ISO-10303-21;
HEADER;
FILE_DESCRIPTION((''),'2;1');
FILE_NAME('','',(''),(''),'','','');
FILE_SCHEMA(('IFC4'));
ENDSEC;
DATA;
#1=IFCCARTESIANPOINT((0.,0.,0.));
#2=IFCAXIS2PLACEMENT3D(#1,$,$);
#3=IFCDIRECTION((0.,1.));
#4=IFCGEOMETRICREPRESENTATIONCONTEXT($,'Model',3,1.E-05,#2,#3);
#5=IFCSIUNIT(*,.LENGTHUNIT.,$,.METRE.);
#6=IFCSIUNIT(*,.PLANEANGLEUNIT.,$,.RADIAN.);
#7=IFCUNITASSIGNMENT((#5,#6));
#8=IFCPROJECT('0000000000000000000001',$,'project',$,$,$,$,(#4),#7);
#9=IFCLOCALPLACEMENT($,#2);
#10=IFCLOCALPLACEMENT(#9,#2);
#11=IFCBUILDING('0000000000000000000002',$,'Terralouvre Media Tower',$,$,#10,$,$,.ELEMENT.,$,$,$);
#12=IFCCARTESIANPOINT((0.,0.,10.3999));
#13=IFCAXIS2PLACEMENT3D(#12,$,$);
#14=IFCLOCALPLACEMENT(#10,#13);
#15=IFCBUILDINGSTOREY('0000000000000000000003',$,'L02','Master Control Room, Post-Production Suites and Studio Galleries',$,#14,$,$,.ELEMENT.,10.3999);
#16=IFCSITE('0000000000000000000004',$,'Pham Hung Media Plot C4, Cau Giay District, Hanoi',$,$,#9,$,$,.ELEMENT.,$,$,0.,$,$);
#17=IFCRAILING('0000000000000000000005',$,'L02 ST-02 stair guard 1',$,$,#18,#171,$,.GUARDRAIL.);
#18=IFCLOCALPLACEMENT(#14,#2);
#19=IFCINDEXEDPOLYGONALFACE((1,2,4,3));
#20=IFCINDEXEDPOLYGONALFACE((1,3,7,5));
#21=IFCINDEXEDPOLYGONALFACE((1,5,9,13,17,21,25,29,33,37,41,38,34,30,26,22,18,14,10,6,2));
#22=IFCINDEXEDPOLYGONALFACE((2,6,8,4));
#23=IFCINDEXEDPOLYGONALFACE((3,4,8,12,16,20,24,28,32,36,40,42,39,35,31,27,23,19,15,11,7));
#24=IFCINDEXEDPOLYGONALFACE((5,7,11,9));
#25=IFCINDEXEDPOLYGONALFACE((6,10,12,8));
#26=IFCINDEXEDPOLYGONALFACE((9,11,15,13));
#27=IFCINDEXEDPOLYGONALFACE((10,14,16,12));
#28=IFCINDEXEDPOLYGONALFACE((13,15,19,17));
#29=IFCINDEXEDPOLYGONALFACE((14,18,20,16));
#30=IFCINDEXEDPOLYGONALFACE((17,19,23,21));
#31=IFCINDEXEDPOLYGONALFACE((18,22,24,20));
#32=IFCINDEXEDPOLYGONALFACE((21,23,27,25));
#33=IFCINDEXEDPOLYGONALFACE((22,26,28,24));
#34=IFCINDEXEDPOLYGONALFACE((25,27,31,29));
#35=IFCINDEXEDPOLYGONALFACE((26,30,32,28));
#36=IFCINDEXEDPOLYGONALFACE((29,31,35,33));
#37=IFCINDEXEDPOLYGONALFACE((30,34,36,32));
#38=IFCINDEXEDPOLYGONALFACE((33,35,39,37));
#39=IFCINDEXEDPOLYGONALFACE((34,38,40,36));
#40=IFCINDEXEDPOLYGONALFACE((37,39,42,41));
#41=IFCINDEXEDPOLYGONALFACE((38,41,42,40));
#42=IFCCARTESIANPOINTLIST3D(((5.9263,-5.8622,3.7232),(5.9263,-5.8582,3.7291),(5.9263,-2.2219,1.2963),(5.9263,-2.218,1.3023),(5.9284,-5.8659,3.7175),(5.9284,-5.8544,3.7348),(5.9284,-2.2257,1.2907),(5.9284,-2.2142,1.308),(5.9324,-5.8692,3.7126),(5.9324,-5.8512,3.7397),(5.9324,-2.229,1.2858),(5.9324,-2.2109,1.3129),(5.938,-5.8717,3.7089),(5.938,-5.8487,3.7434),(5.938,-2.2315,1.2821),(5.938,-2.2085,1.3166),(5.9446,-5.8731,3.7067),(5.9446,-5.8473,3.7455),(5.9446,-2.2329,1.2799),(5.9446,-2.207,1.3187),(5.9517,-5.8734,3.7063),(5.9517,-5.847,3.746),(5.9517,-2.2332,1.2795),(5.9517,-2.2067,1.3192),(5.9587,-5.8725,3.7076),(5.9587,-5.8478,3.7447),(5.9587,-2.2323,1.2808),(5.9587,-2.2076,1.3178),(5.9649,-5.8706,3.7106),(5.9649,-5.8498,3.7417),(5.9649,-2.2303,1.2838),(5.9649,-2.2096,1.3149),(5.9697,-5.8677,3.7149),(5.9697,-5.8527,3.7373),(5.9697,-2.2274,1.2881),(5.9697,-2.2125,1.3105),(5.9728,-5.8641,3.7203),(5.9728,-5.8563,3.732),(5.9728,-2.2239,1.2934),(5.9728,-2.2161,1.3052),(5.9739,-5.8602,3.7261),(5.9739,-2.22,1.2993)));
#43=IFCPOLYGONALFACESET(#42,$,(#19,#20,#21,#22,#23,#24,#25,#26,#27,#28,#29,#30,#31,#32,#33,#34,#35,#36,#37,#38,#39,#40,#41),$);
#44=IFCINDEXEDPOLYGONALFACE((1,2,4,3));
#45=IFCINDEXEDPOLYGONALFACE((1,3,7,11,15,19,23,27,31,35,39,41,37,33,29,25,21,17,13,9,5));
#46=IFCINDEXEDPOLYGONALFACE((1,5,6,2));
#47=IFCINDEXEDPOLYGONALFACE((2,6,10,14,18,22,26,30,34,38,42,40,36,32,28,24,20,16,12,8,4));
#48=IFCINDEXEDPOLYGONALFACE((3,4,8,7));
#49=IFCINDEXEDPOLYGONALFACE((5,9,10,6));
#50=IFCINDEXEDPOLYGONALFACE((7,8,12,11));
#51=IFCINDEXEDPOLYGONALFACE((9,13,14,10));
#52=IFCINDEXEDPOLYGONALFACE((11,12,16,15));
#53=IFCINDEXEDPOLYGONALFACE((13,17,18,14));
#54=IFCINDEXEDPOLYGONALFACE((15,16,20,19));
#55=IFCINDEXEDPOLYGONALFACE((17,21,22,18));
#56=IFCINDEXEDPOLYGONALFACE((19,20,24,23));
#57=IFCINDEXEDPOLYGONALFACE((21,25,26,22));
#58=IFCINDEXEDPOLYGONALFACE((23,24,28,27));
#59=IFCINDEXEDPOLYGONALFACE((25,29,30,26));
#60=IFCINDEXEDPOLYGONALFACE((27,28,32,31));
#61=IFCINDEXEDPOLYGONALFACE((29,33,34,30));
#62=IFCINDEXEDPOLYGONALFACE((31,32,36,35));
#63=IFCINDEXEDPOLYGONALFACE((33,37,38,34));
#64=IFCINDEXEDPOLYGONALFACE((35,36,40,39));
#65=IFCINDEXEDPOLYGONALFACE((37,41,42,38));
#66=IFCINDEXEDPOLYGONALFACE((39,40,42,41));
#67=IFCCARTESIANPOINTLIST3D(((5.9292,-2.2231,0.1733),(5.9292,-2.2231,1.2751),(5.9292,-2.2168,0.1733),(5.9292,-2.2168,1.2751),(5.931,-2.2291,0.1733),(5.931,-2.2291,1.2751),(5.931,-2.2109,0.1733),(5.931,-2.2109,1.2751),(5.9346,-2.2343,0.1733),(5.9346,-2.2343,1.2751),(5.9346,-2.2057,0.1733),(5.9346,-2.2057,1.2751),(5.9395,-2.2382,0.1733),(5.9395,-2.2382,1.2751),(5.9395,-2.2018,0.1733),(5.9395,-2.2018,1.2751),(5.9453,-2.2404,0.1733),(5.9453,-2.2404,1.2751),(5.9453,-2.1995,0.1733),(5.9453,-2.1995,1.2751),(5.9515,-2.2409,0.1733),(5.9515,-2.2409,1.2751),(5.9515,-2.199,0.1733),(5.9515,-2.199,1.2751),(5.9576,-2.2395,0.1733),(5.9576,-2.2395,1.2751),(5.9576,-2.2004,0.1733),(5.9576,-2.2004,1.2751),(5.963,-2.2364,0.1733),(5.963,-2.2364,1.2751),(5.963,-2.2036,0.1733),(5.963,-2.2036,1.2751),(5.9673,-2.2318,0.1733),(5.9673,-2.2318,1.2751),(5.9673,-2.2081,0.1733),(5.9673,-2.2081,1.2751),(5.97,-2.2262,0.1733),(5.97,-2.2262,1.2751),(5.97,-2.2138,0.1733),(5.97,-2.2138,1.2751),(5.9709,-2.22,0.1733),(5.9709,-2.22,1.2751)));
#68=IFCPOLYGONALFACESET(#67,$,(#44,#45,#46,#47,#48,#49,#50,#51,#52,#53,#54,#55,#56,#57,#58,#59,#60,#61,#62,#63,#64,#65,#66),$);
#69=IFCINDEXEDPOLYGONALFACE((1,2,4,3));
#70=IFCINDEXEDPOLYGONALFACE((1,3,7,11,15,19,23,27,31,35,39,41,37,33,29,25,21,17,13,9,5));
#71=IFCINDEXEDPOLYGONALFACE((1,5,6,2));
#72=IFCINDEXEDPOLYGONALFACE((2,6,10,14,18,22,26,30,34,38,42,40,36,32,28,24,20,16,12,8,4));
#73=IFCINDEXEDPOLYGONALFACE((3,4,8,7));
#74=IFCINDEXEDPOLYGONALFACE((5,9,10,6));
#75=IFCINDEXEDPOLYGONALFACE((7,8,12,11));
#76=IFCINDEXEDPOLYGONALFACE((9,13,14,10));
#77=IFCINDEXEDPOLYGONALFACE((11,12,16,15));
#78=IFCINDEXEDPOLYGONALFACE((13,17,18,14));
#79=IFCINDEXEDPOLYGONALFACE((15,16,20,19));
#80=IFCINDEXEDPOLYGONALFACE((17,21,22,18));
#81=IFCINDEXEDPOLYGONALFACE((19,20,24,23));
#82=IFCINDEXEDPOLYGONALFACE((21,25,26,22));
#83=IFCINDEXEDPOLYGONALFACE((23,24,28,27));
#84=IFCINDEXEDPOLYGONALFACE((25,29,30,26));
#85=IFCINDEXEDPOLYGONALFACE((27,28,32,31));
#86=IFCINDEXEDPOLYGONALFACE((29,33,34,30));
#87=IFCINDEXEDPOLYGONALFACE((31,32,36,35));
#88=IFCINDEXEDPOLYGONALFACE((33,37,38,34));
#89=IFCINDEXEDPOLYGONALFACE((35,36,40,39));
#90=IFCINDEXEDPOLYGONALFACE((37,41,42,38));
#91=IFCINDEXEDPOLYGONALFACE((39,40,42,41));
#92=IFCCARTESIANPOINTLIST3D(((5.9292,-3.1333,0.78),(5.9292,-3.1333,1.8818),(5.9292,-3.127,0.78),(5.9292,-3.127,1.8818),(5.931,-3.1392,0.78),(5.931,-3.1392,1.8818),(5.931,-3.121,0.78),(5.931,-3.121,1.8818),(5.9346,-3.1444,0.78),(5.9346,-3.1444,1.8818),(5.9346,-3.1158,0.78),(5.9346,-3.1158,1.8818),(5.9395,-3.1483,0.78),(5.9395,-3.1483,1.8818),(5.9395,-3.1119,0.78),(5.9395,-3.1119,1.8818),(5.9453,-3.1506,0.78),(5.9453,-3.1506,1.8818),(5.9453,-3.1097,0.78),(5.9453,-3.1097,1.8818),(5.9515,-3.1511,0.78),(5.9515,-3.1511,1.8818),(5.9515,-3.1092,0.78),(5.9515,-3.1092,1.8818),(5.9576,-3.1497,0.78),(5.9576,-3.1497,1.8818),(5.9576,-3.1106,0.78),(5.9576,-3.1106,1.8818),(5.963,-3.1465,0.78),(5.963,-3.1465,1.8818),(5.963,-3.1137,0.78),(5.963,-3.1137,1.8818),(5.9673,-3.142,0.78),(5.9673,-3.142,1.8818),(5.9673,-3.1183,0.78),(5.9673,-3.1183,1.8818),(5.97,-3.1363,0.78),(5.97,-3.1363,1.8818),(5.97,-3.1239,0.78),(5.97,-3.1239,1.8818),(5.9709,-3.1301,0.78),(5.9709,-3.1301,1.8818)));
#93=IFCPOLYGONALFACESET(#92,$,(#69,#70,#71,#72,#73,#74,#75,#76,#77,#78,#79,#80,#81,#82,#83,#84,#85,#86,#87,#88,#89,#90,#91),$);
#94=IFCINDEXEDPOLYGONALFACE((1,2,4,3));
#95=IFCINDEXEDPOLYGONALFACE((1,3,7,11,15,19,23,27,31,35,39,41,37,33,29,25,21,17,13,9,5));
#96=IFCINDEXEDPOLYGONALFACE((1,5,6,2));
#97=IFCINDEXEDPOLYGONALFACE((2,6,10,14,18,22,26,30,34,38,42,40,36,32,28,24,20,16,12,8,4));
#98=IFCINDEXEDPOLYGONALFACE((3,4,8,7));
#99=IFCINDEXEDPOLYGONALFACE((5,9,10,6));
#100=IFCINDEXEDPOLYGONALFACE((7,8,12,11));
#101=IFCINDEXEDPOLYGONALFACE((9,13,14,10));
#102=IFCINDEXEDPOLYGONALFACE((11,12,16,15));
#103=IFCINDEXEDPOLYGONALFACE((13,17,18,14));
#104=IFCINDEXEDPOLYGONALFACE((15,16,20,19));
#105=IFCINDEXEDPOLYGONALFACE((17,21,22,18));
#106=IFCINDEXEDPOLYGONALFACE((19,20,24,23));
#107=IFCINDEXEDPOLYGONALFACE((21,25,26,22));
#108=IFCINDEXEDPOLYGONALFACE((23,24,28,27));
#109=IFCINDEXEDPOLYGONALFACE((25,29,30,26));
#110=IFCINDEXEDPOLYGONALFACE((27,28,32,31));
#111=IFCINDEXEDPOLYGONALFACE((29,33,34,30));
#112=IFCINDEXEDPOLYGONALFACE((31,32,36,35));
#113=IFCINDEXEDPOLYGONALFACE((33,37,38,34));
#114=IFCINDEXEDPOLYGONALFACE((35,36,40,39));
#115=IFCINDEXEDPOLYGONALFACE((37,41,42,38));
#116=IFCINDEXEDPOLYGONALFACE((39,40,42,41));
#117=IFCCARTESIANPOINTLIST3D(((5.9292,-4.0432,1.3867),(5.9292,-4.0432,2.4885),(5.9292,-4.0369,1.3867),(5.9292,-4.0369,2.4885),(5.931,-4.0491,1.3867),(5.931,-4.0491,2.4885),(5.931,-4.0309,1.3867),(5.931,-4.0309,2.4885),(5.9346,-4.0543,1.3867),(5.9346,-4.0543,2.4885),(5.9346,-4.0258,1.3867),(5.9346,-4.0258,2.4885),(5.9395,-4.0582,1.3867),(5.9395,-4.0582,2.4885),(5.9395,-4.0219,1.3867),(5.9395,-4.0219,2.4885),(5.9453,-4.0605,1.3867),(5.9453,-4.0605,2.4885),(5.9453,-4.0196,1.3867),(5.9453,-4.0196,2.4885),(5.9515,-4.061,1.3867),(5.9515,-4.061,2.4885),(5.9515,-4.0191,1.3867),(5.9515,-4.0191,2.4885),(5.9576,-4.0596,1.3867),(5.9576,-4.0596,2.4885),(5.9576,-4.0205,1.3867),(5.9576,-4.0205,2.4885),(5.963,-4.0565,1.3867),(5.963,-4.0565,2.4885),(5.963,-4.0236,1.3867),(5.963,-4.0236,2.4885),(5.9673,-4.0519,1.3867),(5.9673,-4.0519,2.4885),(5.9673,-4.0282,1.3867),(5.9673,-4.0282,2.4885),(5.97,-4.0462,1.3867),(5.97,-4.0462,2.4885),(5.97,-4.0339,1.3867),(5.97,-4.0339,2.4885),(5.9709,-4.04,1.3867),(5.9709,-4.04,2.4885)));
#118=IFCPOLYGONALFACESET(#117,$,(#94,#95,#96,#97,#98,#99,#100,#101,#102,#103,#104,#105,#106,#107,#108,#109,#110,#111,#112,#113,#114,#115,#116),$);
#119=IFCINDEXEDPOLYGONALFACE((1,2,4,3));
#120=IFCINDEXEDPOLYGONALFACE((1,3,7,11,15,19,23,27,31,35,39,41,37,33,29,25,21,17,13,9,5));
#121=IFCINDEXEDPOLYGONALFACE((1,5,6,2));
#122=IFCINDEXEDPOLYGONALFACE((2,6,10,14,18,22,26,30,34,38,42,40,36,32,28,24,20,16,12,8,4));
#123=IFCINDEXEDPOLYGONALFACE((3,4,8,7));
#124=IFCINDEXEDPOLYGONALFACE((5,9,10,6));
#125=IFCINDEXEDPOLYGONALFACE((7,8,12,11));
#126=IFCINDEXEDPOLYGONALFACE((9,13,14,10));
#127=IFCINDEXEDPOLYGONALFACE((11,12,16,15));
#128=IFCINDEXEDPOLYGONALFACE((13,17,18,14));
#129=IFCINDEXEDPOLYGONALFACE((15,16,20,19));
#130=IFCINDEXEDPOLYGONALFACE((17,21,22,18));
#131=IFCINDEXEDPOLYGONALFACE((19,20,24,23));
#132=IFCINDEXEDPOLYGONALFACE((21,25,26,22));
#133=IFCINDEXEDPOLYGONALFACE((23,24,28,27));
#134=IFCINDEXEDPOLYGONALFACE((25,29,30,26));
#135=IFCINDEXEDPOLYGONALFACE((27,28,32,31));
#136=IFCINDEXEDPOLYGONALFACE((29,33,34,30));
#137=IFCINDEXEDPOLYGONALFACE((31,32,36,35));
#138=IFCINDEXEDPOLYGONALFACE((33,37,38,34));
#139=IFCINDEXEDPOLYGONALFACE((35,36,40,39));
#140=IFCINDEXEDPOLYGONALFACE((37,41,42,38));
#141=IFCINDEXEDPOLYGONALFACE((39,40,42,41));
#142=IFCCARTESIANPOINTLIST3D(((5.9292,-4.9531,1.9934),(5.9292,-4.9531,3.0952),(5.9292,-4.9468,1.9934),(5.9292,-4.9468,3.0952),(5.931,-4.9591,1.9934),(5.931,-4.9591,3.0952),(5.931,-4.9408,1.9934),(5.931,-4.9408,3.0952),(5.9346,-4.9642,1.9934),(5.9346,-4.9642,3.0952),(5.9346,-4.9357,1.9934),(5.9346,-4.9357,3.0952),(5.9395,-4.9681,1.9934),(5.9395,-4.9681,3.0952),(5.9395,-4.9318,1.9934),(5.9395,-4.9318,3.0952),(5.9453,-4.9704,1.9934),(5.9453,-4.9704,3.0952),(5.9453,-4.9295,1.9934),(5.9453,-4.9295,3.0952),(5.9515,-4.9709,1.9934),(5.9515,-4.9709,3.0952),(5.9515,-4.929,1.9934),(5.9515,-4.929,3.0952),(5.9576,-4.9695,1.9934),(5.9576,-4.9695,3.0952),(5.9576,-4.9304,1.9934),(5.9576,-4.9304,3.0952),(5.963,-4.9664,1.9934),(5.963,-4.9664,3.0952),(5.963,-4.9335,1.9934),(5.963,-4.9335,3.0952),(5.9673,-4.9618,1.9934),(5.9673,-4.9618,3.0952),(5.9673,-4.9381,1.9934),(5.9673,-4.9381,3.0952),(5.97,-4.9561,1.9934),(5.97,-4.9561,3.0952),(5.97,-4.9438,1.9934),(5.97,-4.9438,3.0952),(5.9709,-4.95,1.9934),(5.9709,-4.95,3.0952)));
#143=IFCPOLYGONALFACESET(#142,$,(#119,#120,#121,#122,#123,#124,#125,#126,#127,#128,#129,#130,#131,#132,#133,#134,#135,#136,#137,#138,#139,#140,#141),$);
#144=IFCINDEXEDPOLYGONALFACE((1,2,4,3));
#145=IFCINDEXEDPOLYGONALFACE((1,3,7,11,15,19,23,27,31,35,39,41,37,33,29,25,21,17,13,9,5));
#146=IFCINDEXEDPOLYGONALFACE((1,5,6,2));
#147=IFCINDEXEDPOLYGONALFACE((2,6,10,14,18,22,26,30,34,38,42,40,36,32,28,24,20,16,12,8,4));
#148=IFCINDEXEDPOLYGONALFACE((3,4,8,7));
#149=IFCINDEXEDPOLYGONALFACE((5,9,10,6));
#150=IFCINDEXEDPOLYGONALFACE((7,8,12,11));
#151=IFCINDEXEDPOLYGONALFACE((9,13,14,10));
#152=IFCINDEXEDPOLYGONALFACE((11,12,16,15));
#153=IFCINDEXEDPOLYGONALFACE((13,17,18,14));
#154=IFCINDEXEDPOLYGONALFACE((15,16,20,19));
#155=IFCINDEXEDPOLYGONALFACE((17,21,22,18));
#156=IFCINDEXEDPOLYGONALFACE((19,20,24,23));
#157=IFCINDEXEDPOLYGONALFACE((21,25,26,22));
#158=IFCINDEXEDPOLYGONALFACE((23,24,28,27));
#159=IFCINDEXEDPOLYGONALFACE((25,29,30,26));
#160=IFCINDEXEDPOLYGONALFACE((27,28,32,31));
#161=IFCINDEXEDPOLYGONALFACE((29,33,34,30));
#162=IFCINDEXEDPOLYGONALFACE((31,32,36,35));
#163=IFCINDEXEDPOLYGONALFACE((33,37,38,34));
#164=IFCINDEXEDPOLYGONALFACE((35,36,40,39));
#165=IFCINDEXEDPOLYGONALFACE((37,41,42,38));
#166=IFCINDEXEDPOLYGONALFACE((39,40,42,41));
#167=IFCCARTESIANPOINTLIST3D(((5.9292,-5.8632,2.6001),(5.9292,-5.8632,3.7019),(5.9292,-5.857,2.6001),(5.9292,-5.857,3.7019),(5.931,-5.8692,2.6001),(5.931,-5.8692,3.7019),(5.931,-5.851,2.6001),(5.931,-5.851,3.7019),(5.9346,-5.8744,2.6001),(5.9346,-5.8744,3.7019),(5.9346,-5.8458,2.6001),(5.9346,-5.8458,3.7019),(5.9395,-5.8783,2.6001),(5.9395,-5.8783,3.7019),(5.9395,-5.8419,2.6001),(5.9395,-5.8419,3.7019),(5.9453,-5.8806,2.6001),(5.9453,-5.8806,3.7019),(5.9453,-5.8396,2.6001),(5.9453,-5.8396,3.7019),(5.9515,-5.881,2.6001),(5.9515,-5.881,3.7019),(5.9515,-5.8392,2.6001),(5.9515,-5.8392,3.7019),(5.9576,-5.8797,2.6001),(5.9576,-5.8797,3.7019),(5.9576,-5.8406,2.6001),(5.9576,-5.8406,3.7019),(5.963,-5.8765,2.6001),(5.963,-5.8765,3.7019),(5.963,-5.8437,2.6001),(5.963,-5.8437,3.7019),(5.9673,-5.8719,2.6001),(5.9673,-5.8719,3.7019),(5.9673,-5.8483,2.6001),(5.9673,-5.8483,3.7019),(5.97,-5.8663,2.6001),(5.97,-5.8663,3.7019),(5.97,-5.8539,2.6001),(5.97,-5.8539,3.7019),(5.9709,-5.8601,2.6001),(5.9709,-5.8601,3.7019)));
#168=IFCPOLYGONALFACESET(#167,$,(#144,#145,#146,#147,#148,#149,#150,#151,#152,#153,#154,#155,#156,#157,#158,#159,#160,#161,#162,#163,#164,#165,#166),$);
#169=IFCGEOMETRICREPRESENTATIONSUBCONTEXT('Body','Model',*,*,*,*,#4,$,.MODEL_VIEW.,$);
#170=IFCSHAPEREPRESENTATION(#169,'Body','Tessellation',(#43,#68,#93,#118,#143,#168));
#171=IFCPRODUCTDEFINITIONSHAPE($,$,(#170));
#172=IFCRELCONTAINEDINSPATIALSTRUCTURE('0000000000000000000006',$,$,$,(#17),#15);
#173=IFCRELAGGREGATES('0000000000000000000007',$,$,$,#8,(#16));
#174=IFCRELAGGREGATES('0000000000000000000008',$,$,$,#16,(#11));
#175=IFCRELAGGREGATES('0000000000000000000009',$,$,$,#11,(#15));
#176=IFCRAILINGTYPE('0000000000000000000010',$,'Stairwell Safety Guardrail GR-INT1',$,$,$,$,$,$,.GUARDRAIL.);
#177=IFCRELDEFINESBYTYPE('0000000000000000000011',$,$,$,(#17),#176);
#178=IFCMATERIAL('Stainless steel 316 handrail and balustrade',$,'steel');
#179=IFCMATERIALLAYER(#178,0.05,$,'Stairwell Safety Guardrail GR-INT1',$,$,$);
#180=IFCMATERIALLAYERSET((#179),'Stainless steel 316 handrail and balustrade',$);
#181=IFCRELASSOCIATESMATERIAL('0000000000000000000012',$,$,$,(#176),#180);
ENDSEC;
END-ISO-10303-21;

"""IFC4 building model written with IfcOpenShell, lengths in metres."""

from ifc_helpers import new_model, si_unit, direction, frame, origin, origin_2d, place, context, subcontext, project, spatial, circle, extrude, material, layer, layer_set, type_object, element, save


model = new_model("IFC4")

# Units and contexts
model_context = context("Model", 3, precision=1e-05, world=origin(), true_north=direction((0.0, 1.0)))
body_context = subcontext(model_context, "Body", "Model", "MODEL_VIEW")
ifc_project = project(units=[si_unit("LENGTHUNIT", "METRE"), si_unit("PLANEANGLEUNIT", "RADIAN")], contexts=[model_context])

# Site, building, storey
site_placement = place(None, origin())
site = spatial("IfcSite", under=ifc_project, at=site_placement, Name="Pham Hung Media Plot C4, Cau Giay District, Hanoi", CompositionType="ELEMENT", RefElevation=0.0)
building_placement = place(site_placement, origin())
building = spatial("IfcBuilding", under=site, at=building_placement, Name="Terralouvre Media Tower", CompositionType="ELEMENT")
storey_placement = place(building_placement, frame((0.0, 0.0, 10.3999)))
storey = spatial("IfcBuildingStorey", under=building, at=storey_placement, Name="L02", Description="Master Control Room, Post-Production Suites and Studio Galleries", CompositionType="ELEMENT", Elevation=10.3999)

# Railing
ifc_material_1 = material(Name="Stainless steel 316 handrail and balustrade", Category="steel")
ifc_layer_1 = layer(ifc_material_1, 0.05, Name="Stairwell Safety Guardrail GR-INT1")
ifc_layer_set_1 = layer_set([ifc_layer_1], Name="Stainless steel 316 handrail and balustrade")
railing_type_1 = type_object("IfcRailingType", Name="Stairwell Safety Guardrail GR-INT1", PredefinedType="GUARDRAIL", material=ifc_layer_set_1)
railing_1_placement = place(storey_placement, frame((5.95, -2.22, 0.1733)))
element("IfcRailing", 1, at=railing_1_placement, inside=storey, type_object=railing_type_1, Name="L02 ST-02 stair guard 1", PredefinedType="GUARDRAIL", context=body_context, shape_type="SweptSolid", body=[
    extrude(circle(Radius=0.0239, at=origin_2d()), frame((0.0, 0.0, 1.126), z_axis=(0.0, -0.83205, 0.5547), x_axis=(1.0, 0.0, 0.0)), (0.0, 0.0, 1.0), 4.375),
    extrude(circle(Radius=0.021, at=origin_2d()), origin(), (0.0, 0.0, 1.0), 1.1018),
    extrude(circle(Radius=0.021, at=origin_2d()), frame((0.0, -0.9102, 0.6067)), (0.0, 0.0, 1.0), 1.1018),
    extrude(circle(Radius=0.021, at=origin_2d()), frame((0.0, -1.8201, 1.2134)), (0.0, 0.0, 1.0), 1.1018),
    extrude(circle(Radius=0.021, at=origin_2d()), frame((0.0, -2.73, 1.8201)), (0.0, 0.0, 1.0), 1.1018),
    extrude(circle(Radius=0.021, at=origin_2d()), frame((0.0, -3.6401, 2.4268)), (0.0, 0.0, 1.0), 1.1018),
])

save(model, "model.ifc")
